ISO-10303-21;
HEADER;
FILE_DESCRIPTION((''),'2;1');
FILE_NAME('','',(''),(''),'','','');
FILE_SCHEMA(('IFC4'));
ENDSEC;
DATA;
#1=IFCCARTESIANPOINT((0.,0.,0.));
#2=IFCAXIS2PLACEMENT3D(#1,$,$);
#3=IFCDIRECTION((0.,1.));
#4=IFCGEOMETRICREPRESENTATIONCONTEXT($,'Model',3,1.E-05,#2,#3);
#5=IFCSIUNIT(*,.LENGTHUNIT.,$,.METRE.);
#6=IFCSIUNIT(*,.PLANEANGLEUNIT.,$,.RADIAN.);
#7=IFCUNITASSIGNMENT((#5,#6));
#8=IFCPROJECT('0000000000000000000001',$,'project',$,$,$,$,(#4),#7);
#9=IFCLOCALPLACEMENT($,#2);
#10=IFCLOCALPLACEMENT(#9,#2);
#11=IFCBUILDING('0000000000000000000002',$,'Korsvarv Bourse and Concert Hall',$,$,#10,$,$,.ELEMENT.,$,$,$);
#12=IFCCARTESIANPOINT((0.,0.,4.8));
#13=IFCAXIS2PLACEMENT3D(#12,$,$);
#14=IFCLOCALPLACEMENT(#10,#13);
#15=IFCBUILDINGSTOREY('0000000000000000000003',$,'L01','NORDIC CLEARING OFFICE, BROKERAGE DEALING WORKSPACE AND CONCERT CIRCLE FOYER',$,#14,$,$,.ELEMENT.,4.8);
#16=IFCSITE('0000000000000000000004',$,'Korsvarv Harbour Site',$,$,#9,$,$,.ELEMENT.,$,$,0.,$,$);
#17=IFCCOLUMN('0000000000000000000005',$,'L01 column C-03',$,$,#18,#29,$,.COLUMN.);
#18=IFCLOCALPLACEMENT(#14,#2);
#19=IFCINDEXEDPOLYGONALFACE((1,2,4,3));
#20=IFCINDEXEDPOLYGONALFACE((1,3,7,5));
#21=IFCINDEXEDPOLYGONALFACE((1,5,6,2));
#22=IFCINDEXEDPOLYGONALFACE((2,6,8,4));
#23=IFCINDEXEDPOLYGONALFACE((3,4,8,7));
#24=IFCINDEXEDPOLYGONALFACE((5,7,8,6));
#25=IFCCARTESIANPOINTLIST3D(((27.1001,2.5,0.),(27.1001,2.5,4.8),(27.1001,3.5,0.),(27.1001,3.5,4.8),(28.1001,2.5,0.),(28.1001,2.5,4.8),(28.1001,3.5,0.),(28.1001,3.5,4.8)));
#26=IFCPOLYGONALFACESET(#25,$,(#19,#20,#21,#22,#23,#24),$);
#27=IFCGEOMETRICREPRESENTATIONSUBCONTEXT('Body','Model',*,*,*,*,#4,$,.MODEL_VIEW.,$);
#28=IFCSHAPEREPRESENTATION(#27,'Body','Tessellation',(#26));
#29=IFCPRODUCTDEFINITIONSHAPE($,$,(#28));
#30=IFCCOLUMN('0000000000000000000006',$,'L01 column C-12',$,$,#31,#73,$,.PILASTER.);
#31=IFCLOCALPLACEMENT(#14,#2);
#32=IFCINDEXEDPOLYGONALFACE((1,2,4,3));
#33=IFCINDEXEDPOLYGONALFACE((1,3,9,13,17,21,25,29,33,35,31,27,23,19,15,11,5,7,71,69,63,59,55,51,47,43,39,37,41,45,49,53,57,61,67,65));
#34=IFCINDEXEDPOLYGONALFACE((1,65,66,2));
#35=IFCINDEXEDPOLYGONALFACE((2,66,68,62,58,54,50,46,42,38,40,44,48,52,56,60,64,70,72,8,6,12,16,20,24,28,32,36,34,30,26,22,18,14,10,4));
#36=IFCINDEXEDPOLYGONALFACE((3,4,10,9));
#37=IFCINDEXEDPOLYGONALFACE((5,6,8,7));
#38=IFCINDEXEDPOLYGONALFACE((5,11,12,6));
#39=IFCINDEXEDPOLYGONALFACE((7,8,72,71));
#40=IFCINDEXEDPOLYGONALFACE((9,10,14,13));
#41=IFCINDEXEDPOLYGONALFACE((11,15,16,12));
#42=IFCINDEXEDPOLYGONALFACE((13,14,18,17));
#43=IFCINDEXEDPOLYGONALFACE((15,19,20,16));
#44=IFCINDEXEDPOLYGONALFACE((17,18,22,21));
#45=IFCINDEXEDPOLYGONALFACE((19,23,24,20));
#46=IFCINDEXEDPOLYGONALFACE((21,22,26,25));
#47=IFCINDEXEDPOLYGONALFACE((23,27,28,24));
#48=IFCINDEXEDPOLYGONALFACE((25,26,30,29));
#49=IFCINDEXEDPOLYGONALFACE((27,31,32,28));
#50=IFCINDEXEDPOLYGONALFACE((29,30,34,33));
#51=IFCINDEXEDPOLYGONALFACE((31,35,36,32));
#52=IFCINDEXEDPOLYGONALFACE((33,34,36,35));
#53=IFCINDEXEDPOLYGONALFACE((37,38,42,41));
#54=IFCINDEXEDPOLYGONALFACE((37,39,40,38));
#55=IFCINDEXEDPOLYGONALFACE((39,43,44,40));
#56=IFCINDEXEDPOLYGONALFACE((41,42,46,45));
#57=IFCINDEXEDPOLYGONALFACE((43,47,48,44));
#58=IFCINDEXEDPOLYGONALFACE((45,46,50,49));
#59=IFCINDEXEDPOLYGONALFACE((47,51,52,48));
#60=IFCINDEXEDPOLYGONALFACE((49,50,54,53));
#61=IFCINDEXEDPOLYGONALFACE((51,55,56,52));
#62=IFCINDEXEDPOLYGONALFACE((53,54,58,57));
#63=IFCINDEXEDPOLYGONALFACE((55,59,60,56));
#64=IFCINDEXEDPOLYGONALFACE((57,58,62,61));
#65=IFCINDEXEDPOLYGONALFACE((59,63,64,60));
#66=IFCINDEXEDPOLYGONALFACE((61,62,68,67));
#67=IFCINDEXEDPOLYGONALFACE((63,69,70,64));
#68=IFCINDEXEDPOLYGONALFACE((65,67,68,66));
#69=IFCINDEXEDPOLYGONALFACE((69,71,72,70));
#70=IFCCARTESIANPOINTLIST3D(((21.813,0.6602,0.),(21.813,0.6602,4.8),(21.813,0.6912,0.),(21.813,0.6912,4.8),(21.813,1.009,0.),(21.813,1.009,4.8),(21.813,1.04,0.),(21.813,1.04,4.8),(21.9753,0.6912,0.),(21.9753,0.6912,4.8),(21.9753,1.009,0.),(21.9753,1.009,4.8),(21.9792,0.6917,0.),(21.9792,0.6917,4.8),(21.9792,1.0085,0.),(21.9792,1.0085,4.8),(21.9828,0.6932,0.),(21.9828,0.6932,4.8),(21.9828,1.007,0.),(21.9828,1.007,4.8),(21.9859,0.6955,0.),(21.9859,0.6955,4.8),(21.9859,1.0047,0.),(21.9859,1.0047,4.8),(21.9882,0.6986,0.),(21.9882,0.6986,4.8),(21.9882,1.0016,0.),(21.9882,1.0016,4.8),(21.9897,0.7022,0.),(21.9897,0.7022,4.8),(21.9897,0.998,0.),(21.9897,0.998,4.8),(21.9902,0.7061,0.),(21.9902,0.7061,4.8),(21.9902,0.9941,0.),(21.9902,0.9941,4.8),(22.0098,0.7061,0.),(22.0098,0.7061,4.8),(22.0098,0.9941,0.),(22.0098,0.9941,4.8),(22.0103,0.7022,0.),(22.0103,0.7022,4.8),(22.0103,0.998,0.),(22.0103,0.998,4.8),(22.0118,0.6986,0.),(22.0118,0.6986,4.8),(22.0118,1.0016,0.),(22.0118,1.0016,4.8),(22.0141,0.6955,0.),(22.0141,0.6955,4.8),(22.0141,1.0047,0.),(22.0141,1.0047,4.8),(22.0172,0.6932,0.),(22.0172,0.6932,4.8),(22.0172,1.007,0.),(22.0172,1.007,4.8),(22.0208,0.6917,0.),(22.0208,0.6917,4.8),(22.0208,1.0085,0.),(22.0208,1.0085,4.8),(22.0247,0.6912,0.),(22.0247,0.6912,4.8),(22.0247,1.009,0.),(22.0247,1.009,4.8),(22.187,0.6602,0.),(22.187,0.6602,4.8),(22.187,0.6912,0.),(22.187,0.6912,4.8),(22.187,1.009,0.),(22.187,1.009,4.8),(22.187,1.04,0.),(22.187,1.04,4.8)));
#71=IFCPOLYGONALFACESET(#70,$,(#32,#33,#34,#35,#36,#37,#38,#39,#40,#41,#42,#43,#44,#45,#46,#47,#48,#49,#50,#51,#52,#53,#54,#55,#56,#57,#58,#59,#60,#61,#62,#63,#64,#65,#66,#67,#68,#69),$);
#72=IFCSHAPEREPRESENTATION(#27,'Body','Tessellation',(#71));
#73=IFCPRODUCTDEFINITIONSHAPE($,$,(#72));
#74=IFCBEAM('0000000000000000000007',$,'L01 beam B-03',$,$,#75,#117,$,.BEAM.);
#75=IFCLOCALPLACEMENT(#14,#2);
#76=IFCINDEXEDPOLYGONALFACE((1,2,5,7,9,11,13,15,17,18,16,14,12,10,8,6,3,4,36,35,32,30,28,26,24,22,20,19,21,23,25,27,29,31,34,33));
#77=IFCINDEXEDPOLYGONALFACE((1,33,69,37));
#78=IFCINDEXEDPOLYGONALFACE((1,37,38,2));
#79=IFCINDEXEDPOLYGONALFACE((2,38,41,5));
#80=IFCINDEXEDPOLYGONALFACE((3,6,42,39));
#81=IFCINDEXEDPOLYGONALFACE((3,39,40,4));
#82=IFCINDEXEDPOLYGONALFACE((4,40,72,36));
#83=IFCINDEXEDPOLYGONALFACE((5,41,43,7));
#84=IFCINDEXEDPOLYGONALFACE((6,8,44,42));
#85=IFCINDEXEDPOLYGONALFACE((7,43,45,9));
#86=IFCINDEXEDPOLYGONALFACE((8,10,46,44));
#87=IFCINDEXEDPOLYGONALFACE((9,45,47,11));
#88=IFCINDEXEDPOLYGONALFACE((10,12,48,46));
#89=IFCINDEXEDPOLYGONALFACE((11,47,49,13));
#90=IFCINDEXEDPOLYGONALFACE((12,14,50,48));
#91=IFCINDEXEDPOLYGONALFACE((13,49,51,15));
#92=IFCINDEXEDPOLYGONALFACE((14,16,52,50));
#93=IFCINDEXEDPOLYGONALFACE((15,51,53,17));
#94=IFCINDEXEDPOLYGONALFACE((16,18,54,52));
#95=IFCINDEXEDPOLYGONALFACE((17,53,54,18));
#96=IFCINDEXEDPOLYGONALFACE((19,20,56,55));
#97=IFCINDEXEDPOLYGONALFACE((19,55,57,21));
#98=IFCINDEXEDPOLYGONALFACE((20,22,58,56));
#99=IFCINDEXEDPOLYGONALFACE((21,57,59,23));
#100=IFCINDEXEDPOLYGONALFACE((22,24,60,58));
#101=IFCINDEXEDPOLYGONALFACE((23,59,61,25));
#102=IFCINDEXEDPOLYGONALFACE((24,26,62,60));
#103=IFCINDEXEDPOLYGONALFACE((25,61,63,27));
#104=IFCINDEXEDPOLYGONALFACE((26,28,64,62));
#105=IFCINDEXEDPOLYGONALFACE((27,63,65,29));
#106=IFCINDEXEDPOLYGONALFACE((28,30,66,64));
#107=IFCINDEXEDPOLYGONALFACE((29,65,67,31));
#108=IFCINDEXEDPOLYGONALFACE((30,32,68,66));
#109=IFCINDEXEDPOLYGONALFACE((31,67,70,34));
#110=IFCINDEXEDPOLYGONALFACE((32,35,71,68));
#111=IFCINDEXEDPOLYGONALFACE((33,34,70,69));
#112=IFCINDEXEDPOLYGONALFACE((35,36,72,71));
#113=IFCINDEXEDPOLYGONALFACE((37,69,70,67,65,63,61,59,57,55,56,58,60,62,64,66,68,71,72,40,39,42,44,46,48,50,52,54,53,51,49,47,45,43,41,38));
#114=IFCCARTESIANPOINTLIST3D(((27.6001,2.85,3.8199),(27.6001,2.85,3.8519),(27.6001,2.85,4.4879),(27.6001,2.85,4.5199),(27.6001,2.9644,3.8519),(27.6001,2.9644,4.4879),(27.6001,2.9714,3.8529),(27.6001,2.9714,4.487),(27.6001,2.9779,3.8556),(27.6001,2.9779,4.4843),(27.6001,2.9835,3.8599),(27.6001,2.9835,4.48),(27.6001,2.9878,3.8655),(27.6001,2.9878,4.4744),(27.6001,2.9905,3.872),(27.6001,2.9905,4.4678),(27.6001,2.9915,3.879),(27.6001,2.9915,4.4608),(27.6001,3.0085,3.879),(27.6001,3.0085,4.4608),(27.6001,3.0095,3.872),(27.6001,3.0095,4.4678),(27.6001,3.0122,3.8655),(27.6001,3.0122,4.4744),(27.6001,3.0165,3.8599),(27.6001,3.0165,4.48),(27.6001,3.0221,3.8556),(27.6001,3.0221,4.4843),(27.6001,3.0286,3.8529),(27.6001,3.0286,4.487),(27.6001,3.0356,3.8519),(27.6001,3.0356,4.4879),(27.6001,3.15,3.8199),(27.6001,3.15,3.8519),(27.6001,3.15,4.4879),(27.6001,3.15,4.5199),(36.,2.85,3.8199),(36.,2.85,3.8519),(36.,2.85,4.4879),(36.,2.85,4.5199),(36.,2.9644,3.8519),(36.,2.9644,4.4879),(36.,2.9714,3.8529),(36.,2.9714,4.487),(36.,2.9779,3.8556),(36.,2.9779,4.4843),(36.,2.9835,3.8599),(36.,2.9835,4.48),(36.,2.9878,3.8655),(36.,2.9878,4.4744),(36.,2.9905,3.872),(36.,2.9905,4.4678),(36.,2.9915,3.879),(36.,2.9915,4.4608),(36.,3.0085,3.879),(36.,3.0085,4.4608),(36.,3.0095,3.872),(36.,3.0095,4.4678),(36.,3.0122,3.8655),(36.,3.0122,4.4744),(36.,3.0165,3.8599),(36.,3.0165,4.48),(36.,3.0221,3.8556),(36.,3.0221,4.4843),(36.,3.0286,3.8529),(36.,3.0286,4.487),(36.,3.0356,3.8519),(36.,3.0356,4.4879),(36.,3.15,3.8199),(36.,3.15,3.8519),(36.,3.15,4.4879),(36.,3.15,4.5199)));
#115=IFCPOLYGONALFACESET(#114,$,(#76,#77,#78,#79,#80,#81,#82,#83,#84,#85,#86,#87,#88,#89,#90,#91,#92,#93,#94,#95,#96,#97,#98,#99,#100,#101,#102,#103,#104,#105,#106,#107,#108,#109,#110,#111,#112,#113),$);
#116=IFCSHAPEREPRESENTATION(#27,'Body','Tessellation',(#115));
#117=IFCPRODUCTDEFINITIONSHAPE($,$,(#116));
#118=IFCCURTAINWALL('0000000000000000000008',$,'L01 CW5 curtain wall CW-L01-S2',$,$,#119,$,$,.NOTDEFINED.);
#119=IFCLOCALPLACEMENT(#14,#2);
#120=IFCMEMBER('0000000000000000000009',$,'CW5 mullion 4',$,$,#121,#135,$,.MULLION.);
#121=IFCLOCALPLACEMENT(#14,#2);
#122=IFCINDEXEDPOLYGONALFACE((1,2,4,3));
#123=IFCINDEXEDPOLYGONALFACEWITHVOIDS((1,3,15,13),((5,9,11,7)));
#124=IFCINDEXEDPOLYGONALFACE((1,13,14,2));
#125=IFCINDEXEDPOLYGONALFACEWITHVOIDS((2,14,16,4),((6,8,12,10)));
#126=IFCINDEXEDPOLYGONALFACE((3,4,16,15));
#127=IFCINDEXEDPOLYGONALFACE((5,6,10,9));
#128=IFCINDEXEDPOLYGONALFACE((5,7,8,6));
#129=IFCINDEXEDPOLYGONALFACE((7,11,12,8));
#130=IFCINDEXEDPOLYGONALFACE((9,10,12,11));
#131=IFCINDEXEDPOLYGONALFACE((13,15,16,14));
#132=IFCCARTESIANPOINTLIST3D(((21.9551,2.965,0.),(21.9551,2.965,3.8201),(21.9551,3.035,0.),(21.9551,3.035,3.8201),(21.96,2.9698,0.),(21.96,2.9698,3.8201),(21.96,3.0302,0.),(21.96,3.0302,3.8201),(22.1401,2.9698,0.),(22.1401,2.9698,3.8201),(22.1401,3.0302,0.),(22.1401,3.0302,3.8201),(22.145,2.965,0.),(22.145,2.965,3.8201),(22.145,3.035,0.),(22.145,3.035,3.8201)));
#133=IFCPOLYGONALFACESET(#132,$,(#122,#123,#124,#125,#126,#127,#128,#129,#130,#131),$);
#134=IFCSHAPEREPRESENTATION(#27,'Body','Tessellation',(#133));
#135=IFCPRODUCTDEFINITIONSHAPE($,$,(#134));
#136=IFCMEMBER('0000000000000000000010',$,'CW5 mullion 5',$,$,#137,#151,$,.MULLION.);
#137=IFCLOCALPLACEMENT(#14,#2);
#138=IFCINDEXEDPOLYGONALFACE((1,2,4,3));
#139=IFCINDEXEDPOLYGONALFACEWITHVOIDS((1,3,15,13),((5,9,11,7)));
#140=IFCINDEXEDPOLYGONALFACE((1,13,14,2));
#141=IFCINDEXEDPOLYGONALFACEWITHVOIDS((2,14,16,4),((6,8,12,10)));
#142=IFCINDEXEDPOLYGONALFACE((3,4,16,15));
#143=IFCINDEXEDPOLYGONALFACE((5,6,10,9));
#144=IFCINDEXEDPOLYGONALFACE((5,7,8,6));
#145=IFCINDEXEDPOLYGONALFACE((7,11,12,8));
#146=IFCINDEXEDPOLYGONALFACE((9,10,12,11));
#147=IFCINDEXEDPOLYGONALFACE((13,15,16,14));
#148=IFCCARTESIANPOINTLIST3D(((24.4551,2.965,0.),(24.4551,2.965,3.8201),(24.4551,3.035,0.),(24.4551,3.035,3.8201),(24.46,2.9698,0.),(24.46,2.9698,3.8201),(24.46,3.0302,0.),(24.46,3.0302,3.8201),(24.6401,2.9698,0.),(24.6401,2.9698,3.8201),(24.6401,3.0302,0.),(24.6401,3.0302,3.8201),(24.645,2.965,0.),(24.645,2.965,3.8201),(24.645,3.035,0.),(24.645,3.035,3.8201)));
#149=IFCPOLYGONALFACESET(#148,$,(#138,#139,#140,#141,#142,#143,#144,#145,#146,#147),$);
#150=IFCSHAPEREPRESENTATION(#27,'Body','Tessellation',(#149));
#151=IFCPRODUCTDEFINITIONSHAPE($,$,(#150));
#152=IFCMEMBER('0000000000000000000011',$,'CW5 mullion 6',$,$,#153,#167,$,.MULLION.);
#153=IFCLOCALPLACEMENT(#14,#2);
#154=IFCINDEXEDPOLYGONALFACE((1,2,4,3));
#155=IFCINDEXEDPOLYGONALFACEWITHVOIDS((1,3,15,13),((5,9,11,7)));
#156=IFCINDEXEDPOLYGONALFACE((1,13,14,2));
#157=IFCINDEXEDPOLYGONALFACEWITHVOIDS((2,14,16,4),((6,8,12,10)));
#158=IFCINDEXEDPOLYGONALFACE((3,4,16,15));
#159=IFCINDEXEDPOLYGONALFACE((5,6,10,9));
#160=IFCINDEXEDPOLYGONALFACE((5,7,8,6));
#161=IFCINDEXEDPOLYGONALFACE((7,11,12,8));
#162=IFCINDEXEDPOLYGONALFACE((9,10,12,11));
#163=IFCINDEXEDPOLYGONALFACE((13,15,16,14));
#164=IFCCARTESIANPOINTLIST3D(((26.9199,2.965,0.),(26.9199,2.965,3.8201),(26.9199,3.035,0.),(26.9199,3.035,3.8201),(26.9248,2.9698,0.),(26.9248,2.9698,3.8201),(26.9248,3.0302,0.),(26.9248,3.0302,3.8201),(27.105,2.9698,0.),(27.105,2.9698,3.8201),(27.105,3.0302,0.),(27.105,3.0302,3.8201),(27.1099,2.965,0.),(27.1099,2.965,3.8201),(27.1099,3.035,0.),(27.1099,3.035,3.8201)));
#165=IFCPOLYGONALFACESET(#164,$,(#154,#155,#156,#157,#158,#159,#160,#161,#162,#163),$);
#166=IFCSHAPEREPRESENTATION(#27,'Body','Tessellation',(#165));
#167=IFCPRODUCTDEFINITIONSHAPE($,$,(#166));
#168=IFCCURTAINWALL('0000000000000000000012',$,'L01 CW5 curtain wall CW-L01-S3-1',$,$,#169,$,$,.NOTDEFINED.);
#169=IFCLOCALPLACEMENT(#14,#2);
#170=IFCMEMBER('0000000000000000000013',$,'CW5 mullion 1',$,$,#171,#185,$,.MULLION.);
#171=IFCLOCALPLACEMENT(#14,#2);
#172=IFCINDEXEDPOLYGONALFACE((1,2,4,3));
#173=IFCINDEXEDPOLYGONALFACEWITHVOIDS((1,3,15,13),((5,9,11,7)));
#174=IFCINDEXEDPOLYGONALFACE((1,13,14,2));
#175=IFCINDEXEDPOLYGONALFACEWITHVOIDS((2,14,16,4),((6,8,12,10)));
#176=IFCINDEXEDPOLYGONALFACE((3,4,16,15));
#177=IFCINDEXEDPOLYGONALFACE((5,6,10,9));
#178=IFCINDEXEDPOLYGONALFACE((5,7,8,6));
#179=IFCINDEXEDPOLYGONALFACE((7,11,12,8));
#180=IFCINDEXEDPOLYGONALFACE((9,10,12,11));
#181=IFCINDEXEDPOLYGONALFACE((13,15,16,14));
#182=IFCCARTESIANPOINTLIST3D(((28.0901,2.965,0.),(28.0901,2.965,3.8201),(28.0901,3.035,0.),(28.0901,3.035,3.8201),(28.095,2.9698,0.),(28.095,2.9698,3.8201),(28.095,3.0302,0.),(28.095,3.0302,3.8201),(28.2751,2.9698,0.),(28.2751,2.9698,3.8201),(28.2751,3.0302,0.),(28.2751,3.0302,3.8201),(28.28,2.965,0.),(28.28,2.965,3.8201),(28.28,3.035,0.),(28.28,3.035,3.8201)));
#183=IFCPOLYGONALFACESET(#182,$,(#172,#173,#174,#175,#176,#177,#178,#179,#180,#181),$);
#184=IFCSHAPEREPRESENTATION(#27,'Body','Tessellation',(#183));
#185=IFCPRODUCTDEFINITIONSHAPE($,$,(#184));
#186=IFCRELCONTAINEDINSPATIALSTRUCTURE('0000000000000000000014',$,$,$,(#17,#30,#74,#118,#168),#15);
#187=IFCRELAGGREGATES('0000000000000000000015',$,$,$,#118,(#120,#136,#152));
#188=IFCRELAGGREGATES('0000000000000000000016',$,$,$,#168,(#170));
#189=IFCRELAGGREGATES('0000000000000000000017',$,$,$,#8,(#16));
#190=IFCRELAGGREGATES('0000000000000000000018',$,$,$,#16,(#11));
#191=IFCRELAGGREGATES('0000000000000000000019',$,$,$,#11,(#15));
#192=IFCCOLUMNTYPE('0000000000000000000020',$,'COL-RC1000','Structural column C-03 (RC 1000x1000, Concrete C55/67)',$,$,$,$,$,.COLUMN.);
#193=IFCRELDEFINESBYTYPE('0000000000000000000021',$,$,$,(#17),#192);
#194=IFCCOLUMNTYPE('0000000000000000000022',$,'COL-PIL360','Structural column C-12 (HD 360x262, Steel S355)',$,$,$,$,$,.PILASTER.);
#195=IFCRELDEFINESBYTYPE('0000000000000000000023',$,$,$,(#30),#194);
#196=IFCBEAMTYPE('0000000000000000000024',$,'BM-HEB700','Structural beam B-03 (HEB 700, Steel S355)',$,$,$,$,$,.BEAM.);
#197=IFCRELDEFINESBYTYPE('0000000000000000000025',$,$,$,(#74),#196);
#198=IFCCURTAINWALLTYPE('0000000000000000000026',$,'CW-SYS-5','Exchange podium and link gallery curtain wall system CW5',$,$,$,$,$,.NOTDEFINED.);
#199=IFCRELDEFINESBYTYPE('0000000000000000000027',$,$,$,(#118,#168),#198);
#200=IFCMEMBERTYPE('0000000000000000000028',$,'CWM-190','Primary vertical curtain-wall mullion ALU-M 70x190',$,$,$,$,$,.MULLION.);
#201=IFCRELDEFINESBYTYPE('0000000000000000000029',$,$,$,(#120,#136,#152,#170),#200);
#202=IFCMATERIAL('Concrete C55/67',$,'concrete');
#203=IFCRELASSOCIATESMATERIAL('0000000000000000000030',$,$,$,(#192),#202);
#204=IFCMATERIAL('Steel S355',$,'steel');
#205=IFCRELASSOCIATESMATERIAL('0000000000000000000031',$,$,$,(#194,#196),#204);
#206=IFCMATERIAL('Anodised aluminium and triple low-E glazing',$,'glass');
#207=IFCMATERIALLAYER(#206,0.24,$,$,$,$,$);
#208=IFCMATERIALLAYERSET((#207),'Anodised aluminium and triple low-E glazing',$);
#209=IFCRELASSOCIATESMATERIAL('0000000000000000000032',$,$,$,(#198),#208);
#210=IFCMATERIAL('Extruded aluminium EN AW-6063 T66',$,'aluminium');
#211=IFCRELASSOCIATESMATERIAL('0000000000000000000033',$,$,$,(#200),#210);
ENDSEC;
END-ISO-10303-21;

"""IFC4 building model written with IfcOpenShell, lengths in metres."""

from ifc_helpers import new_model, si_unit, direction, frame, origin, origin_2d, place, context, subcontext, project, spatial, rectangle, hollow_rectangle, i_section, extrude, source, transform, mapped, material, layer, layer_set, material_profile, profile_set, type_object, element, aggregate, save


model = new_model("IFC4")

# Units and contexts
model_context = context("Model", 3, precision=1e-05, world=origin(), true_north=direction((0.0, 1.0)))
body_context = subcontext(model_context, "Body", "Model", "MODEL_VIEW")
ifc_project = project(units=[si_unit("LENGTHUNIT", "METRE"), si_unit("PLANEANGLEUNIT", "RADIAN")], contexts=[model_context])

# Site, building, storey
site_placement = place(None, origin())
site = spatial("IfcSite", under=ifc_project, at=site_placement, Name="Korsvarv Harbour Site", CompositionType="ELEMENT", RefElevation=0.0)
building_placement = place(site_placement, origin())
building = spatial("IfcBuilding", under=site, at=building_placement, Name="Korsvarv Bourse and Concert Hall", CompositionType="ELEMENT")
storey_placement = place(building_placement, frame((0.0, 0.0, 4.8)))
storey = spatial("IfcBuildingStorey", under=building, at=storey_placement, Name="L01", Description="NORDIC CLEARING OFFICE, BROKERAGE DEALING WORKSPACE AND CONCERT CIRCLE FOYER", CompositionType="ELEMENT", Elevation=4.8)

# Columns
ifc_material_1 = material(Name="Concrete C55/67", Category="concrete")
ifc_material_profile_1 = material_profile(ifc_material_1, rectangle(XDim=1.0, YDim=1.0, at=origin_2d()), Name="RC 1000x1000")
ifc_profile_set_1 = profile_set([ifc_material_profile_1], Name="Concrete C55/67")
column_type_1 = type_object("IfcColumnType", Name="COL-RC1000", Description="Structural column C-03 (RC 1000x1000, Concrete C55/67)", PredefinedType="COLUMN", material=ifc_profile_set_1)
shared_shape_1 = source(origin(), body_context, "Body", "SweptSolid", [
    extrude(rectangle(XDim=1.0, YDim=1.0, at=origin_2d()), origin(), (0.0, 0.0, 1.0), 4.8),
])
column_1_placement = place(storey_placement, frame((27.6001, 3.0, 0.0), z_axis=(0.0, 0.0, 1.0), x_axis=(1.0, 0.0, 0.0)))
element("IfcColumn", 1, at=column_1_placement, inside=storey, type_object=column_type_1, Name="L01 column C-03", PredefinedType="COLUMN", context=body_context, shape_type="MappedRepresentation", body=[
    mapped(shared_shape_1, transform((0.0, 0.0, 0.0), scale=1.0)),
])
ifc_material_2 = material(Name="Steel S355", Category="steel")
ifc_material_profile_2 = material_profile(ifc_material_2, i_section(OverallWidth=0.374, OverallDepth=0.3799, WebThickness=0.0195, FlangeThickness=0.031, FilletRadius=0.0149, at=origin_2d()), Name="HD 360x262")
ifc_profile_set_2 = profile_set([ifc_material_profile_2], Name="Steel S355")
column_type_2 = type_object("IfcColumnType", Name="COL-PIL360", Description="Structural column C-12 (HD 360x262, Steel S355)", PredefinedType="PILASTER", material=ifc_profile_set_2)
shared_shape_2 = source(origin(), body_context, "Body", "SweptSolid", [
    extrude(i_section(OverallWidth=0.374, OverallDepth=0.3799, WebThickness=0.0195, FlangeThickness=0.031, FilletRadius=0.0149, at=origin_2d()), origin(), (0.0, 0.0, 1.0), 4.8),
])
column_2_placement = place(storey_placement, frame((22.0, 0.8501, 0.0), z_axis=(0.0, 0.0, 1.0), x_axis=(1.0, 0.0, 0.0)))
element("IfcColumn", 2, at=column_2_placement, inside=storey, type_object=column_type_2, Name="L01 column C-12", PredefinedType="PILASTER", context=body_context, shape_type="MappedRepresentation", body=[
    mapped(shared_shape_2, transform((0.0, 0.0, 0.0), scale=1.0)),
])

# Beam
ifc_material_profile_3 = material_profile(ifc_material_2, i_section(OverallWidth=0.3, OverallDepth=0.7, WebThickness=0.0171, FlangeThickness=0.032, FilletRadius=0.0271, at=origin_2d()), Name="HEB 700")
ifc_profile_set_3 = profile_set([ifc_material_profile_3], Name="Steel S355")
beam_type = type_object("IfcBeamType", Name="BM-HEB700", Description="Structural beam B-03 (HEB 700, Steel S355)", PredefinedType="BEAM", material=ifc_profile_set_3)
shared_shape_3 = source(origin(), body_context, "Body", "SweptSolid", [
    extrude(i_section(OverallWidth=0.3, OverallDepth=0.7, WebThickness=0.0171, FlangeThickness=0.032, FilletRadius=0.0271, at=origin_2d()), origin(), (0.0, 0.0, 1.0), 8.3999),
])
beam_placement = place(storey_placement, frame((27.6001, 3.0, 4.1699), z_axis=(1.0, 0.0, 0.0), x_axis=(0.0, 1.0, 0.0)))
element("IfcBeam", 3, at=beam_placement, inside=storey, type_object=beam_type, Name="L01 beam B-03", PredefinedType="BEAM", context=body_context, shape_type="MappedRepresentation", body=[
    mapped(shared_shape_3, transform((0.0, 0.0, 0.0), scale=1.0)),
])

# Curtain wall, members
ifc_material_3 = material(Name="Anodised aluminium and triple low-E glazing", Category="glass")
ifc_layer_1 = layer(ifc_material_3, 0.24)
ifc_layer_set_1 = layer_set([ifc_layer_1], Name="Anodised aluminium and triple low-E glazing")
curtain_wall_type = type_object("IfcCurtainWallType", Name="CW-SYS-5", Description="Exchange podium and link gallery curtain wall system CW5", PredefinedType="NOTDEFINED", material=ifc_layer_set_1)
curtain_wall_1_placement = place(storey_placement, origin())
curtain_wall_1 = element("IfcCurtainWall", 4, at=curtain_wall_1_placement, inside=storey, type_object=curtain_wall_type, Name="L01 CW5 curtain wall CW-L01-S2", PredefinedType="NOTDEFINED")
ifc_material_4 = material(Name="Extruded aluminium EN AW-6063 T66", Category="aluminium")
ifc_material_profile_4 = material_profile(ifc_material_4, hollow_rectangle(XDim=0.0701, YDim=0.1899, WallThickness=0.0049, at=origin_2d()), Name="ALU-M 70x190")
ifc_profile_set_4 = profile_set([ifc_material_profile_4], Name="Extruded aluminium EN AW-6063 T66")
member_type_1 = type_object("IfcMemberType", Name="CWM-190", Description="Primary vertical curtain-wall mullion ALU-M 70x190", PredefinedType="MULLION", material=ifc_profile_set_4)
shared_shape_4 = source(origin(), body_context, "Body", "SweptSolid", [
    extrude(hollow_rectangle(XDim=0.0701, YDim=0.1899, WallThickness=0.0049, at=origin_2d()), origin(), (0.0, 0.0, 1.0), 3.8201),
])
member_1_placement = place(storey_placement, frame((22.05, 3.0, 0.0), z_axis=(0.0, 0.0, 1.0), x_axis=(0.0, 1.0, 0.0)))
member_1 = element("IfcMember", 5, at=member_1_placement, type_object=member_type_1, Name="CW5 mullion 4", PredefinedType="MULLION", context=body_context, shape_type="MappedRepresentation", body=[
    mapped(shared_shape_4, transform((0.0, 0.0, 0.0), scale=1.0)),
])
member_2_placement = place(storey_placement, frame((24.55, 3.0, 0.0), z_axis=(0.0, 0.0, 1.0), x_axis=(0.0, 1.0, 0.0)))
member_2 = element("IfcMember", 6, at=member_2_placement, type_object=member_type_1, Name="CW5 mullion 5", PredefinedType="MULLION", context=body_context, shape_type="MappedRepresentation", body=[
    mapped(shared_shape_4, transform((0.0, 0.0, 0.0), scale=1.0)),
])
member_3_placement = place(storey_placement, frame((27.0149, 3.0, 0.0), z_axis=(0.0, 0.0, 1.0), x_axis=(0.0, 1.0, 0.0)))
member_3 = element("IfcMember", 7, at=member_3_placement, type_object=member_type_1, Name="CW5 mullion 6", PredefinedType="MULLION", context=body_context, shape_type="MappedRepresentation", body=[
    mapped(shared_shape_4, transform((0.0, 0.0, 0.0), scale=1.0)),
])

# Curtain wall, member
curtain_wall_2_placement = place(storey_placement, origin())
curtain_wall_2 = element("IfcCurtainWall", 8, at=curtain_wall_2_placement, inside=storey, type_object=curtain_wall_type, Name="L01 CW5 curtain wall CW-L01-S3-1", PredefinedType="NOTDEFINED")
member_4_placement = place(storey_placement, frame((28.1851, 3.0, 0.0), z_axis=(0.0, 0.0, 1.0), x_axis=(0.0, 1.0, 0.0)))
member_4 = element("IfcMember", 9, at=member_4_placement, type_object=member_type_1, Name="CW5 mullion 1", PredefinedType="MULLION", context=body_context, shape_type="MappedRepresentation", body=[
    mapped(shared_shape_4, transform((0.0, 0.0, 0.0), scale=1.0)),
])

aggregate(curtain_wall_1, [member_1, member_2, member_3])
aggregate(curtain_wall_2, [member_4])

save(model, "model.ifc")
